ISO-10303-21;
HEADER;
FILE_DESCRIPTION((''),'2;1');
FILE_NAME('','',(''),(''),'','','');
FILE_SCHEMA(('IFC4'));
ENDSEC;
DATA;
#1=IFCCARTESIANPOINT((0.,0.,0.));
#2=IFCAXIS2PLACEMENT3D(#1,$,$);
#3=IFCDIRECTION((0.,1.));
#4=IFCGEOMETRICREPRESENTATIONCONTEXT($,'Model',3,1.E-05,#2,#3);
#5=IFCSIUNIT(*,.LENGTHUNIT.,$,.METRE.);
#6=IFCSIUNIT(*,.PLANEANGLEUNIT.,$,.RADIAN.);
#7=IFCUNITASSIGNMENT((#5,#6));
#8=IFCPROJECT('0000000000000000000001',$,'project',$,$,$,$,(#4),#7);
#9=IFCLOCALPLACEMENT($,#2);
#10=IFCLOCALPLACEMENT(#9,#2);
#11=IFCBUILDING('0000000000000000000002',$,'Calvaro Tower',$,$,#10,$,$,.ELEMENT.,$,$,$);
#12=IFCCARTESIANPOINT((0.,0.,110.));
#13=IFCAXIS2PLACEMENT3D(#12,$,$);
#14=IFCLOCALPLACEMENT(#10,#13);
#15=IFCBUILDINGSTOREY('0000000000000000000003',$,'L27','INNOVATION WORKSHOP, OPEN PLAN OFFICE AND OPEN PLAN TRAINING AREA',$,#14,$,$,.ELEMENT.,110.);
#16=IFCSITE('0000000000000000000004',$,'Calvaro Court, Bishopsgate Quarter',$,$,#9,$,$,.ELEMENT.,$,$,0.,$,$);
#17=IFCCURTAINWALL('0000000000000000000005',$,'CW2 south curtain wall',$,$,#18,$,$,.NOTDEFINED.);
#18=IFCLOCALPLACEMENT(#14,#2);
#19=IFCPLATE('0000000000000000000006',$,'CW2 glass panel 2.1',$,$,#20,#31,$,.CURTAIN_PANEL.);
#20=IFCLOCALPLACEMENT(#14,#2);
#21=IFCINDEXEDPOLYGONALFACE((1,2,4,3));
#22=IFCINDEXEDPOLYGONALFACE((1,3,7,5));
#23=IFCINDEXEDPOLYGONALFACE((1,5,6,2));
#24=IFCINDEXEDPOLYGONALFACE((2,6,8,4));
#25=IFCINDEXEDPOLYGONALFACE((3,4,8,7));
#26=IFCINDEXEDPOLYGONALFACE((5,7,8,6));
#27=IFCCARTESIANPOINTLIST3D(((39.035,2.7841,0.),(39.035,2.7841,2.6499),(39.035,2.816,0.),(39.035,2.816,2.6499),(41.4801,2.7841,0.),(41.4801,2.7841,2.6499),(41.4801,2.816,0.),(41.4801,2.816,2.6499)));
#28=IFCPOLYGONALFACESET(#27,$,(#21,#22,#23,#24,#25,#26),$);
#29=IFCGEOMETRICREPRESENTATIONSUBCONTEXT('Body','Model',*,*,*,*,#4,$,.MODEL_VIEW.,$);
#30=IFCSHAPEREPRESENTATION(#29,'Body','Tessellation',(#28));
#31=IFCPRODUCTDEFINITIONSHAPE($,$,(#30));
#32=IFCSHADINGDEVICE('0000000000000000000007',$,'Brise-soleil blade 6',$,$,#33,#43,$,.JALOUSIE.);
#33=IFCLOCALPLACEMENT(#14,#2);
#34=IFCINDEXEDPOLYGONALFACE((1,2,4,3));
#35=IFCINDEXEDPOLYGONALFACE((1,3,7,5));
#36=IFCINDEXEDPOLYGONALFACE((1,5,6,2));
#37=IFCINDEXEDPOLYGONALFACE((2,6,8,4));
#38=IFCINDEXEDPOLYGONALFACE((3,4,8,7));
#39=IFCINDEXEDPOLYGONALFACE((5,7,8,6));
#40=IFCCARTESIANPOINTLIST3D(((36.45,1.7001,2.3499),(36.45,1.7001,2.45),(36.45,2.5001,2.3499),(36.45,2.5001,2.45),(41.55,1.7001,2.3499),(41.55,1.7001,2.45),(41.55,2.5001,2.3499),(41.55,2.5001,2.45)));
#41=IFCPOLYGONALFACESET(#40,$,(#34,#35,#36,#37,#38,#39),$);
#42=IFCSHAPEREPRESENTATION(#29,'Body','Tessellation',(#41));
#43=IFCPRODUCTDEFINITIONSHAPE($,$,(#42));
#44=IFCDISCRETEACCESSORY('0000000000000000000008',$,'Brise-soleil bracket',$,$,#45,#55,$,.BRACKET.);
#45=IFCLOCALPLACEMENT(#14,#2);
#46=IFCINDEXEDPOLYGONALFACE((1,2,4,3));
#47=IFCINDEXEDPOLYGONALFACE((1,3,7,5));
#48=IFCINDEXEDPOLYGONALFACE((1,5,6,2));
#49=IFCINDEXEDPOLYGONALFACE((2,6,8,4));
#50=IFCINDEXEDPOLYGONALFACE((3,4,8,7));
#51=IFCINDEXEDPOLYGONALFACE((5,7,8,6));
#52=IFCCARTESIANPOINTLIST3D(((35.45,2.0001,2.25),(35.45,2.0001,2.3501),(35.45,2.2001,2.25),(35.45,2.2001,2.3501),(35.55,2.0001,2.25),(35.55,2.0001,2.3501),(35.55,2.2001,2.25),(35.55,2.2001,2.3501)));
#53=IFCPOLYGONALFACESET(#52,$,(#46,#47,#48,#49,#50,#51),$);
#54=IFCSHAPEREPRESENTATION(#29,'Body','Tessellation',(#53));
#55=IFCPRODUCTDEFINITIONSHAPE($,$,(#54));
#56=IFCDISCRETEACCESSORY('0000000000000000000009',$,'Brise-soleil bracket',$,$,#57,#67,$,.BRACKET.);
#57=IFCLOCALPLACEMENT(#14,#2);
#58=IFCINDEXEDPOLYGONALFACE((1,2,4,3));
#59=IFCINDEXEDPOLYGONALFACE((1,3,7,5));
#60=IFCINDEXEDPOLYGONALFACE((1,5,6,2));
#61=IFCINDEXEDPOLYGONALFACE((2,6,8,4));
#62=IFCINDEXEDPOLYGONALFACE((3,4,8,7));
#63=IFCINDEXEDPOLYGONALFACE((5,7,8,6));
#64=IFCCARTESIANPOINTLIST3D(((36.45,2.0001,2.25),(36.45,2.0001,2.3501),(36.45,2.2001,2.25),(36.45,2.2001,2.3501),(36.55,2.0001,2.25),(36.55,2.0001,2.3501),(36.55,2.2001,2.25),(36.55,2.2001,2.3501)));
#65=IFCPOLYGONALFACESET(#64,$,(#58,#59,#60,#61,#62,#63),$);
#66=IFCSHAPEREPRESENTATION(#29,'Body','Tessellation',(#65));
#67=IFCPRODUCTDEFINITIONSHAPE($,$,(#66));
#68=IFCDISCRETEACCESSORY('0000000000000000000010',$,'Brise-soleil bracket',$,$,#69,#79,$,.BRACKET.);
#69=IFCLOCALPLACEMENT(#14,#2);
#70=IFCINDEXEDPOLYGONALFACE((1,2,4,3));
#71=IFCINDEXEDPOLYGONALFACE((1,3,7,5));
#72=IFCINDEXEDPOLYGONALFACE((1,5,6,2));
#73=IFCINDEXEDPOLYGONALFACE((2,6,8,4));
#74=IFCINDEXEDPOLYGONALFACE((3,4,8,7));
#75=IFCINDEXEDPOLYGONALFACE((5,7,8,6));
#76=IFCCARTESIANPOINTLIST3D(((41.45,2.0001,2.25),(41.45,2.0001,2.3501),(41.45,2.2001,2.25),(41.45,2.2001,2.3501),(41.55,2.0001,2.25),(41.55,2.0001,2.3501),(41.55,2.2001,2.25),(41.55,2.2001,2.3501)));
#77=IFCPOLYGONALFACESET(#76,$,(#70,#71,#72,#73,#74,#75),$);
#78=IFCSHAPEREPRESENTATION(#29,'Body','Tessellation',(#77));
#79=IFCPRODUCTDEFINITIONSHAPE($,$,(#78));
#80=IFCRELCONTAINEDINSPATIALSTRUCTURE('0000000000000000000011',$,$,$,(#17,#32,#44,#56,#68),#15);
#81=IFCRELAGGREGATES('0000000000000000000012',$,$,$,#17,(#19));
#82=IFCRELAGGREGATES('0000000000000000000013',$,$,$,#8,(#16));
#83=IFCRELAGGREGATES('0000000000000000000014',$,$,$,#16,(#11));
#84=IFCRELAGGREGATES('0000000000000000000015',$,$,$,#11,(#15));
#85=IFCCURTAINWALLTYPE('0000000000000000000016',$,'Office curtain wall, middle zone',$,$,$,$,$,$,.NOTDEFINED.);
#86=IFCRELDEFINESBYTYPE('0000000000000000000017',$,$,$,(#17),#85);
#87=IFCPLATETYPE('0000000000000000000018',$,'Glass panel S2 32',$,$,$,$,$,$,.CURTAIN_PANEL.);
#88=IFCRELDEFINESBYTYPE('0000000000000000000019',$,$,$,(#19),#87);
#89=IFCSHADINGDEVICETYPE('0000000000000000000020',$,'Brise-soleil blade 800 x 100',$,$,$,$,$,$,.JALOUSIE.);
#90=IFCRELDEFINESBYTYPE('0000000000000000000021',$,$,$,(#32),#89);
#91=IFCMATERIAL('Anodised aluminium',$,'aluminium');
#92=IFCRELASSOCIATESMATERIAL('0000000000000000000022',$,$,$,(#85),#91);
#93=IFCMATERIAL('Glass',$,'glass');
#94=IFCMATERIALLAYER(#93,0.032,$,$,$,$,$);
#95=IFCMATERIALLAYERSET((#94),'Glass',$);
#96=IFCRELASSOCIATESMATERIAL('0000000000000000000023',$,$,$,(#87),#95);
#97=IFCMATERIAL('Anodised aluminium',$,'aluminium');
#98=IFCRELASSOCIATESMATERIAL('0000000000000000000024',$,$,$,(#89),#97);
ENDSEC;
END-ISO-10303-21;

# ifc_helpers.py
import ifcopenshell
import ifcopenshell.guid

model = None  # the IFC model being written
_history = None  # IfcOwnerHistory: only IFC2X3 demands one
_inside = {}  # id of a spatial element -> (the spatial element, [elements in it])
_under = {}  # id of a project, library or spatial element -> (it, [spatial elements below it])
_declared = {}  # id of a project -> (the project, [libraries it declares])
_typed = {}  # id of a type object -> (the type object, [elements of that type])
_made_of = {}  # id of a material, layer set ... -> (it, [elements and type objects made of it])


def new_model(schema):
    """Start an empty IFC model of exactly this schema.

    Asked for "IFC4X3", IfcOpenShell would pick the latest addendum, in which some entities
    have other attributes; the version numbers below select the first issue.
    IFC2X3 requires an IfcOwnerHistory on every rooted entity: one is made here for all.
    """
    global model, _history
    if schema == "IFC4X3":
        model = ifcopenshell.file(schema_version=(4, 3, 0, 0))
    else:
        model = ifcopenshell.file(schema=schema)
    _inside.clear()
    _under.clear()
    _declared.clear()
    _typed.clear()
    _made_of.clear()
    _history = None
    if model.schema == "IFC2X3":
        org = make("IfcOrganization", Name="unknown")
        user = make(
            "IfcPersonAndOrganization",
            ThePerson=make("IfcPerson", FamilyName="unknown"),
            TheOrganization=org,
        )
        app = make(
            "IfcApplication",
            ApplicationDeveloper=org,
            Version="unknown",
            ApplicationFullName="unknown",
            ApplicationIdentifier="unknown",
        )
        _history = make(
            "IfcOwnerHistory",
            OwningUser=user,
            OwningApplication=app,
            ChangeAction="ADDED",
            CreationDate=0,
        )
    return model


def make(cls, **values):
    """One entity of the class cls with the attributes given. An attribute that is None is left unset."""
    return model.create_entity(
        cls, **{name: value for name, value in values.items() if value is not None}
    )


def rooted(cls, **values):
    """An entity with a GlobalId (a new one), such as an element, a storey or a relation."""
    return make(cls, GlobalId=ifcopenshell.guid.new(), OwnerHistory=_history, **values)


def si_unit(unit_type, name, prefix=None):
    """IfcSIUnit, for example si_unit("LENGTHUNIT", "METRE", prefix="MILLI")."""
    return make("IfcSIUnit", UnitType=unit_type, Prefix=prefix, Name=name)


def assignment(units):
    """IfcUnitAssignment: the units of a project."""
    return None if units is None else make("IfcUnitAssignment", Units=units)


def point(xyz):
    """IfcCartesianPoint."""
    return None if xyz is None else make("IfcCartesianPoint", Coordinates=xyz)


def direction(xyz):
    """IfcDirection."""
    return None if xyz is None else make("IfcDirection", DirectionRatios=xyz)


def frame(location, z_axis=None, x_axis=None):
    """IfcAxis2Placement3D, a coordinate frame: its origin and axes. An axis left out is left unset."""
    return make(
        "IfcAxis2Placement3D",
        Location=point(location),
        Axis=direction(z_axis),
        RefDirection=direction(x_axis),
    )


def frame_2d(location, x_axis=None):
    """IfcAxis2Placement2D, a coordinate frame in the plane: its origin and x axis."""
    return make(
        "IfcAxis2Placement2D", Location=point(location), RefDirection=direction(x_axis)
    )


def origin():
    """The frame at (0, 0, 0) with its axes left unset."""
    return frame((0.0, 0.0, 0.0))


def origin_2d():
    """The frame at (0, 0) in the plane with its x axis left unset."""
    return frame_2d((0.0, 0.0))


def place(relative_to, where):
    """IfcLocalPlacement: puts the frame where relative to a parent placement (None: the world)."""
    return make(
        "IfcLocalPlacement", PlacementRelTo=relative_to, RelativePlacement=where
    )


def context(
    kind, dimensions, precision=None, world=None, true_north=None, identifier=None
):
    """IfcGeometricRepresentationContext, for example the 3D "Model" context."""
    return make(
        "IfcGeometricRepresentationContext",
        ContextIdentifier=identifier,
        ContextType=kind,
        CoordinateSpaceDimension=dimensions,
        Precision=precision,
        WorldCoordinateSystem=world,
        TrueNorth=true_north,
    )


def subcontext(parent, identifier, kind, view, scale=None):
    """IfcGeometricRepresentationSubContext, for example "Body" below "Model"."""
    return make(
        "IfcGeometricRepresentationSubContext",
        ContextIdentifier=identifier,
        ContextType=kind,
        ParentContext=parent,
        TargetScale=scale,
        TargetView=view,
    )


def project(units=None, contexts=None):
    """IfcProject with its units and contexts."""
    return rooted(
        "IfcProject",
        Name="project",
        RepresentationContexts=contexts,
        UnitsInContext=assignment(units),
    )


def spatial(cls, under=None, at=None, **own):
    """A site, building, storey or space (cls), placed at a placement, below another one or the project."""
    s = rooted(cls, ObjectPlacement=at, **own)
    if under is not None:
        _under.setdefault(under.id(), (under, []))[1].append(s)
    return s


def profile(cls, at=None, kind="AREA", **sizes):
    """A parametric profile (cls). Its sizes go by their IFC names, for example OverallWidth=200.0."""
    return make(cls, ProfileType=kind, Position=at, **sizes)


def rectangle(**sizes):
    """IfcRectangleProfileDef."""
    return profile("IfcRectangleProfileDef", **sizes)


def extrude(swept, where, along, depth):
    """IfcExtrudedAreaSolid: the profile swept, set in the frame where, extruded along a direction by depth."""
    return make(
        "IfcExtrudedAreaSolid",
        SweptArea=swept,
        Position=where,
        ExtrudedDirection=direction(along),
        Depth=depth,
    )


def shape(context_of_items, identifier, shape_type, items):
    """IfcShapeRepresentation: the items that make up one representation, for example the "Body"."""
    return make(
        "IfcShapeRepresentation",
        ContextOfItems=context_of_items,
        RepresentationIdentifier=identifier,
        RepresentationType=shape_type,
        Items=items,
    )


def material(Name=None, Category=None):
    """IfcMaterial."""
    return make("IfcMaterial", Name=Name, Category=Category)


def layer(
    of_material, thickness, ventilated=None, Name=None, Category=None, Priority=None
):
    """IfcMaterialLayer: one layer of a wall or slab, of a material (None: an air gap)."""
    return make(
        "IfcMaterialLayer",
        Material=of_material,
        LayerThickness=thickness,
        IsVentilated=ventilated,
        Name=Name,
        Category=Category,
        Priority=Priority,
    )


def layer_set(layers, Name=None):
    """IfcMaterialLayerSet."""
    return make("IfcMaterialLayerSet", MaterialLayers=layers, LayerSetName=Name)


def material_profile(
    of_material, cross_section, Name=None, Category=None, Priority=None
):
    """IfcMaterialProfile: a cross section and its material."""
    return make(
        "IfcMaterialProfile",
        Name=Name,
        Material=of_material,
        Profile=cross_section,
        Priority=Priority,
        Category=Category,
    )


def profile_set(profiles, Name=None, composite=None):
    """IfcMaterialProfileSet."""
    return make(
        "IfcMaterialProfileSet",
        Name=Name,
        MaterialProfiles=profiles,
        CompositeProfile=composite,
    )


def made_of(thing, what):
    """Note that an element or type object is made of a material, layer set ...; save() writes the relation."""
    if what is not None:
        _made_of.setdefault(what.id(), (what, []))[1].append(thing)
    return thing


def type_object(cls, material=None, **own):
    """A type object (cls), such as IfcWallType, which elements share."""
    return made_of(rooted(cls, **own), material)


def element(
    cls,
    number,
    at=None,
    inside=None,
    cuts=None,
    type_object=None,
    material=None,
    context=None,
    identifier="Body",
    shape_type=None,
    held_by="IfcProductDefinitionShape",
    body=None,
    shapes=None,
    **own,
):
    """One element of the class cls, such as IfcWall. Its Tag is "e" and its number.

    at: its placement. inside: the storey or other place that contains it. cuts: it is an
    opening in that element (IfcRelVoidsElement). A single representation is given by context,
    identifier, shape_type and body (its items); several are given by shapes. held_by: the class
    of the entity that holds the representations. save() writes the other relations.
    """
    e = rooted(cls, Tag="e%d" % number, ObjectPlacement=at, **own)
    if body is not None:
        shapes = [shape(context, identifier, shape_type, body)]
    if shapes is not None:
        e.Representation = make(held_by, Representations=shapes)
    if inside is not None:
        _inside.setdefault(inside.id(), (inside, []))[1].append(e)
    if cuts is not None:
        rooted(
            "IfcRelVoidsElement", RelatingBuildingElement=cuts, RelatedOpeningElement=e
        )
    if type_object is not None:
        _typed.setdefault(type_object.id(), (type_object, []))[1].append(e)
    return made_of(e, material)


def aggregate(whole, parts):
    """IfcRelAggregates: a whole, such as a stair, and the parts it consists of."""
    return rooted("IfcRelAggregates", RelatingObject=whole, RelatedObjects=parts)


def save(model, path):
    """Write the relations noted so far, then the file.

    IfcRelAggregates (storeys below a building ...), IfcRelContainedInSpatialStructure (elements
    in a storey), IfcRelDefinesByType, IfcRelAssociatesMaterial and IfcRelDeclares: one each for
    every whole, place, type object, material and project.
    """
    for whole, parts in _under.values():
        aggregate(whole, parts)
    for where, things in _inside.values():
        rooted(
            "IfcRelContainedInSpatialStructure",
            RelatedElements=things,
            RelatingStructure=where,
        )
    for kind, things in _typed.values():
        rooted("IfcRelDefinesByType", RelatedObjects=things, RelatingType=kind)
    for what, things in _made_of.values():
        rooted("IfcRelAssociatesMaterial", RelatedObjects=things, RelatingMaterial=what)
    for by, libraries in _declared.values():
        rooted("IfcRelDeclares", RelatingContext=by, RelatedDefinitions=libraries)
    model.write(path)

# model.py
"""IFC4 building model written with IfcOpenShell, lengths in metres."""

from ifc_helpers import new_model, si_unit, direction, frame, origin, origin_2d, place, context, subcontext, project, spatial, rectangle, extrude, material, layer, layer_set, material_profile, profile_set, type_object, element, aggregate, save


model = new_model("IFC4")

# Units and contexts
model_context = context("Model", 3, precision=1e-05, world=origin(), true_north=direction((0.0, 1.0)))
body_context = subcontext(model_context, "Body", "Model", "MODEL_VIEW")
ifc_project = project(units=[si_unit("LENGTHUNIT", "METRE"), si_unit("PLANEANGLEUNIT", "RADIAN")], contexts=[model_context])

# Site, building, storey
site_placement = place(None, origin())
site = spatial("IfcSite", under=ifc_project, at=site_placement, Name="Calvaro Court, Bishopsgate Quarter", CompositionType="ELEMENT", RefElevation=0.0)
building_placement = place(site_placement, origin())
building = spatial("IfcBuilding", under=site, at=building_placement, Name="Calvaro Tower", CompositionType="ELEMENT")
storey_placement = place(building_placement, frame((0.0, 0.0, 110.0)))
storey = spatial("IfcBuildingStorey", under=building, at=storey_placement, Name="L27", Description="INNOVATION WORKSHOP, OPEN PLAN OFFICE AND OPEN PLAN TRAINING AREA", CompositionType="ELEMENT", Elevation=110.0)

# Curtain wall
ifc_material_1 = material(Name="Anodised aluminium", Category="aluminium")
curtain_wall_type = type_object("IfcCurtainWallType", Name="Office curtain wall, middle zone", PredefinedType="NOTDEFINED", material=ifc_material_1)
curtain_wall_1_placement = place(storey_placement, origin())
curtain_wall_1 = element("IfcCurtainWall", 1, at=curtain_wall_1_placement, inside=storey, type_object=curtain_wall_type, Name="CW2 south curtain wall", PredefinedType="NOTDEFINED")

# Plate
ifc_material_2 = material(Name="Glass", Category="glass")
ifc_layer = layer(ifc_material_2, 0.032)
ifc_layer_set = layer_set([ifc_layer], Name="Glass")
plate_type = type_object("IfcPlateType", Name="Glass panel S2 32", PredefinedType="CURTAIN_PANEL", material=ifc_layer_set)
plate_1_placement = place(storey_placement, frame((40.2576, 2.8, 0.0), z_axis=(0.0, 0.0, 1.0), x_axis=(1.0, 0.0, 0.0)))
plate_1 = element("IfcPlate", 2, at=plate_1_placement, type_object=plate_type, Name="CW2 glass panel 2.1", PredefinedType="CURTAIN_PANEL", context=body_context, shape_type="SweptSolid", body=[
    extrude(rectangle(XDim=2.4451, YDim=0.032, at=origin_2d()), origin(), (0.0, 0.0, 1.0), 2.6499),
])
aggregate(curtain_wall_1, [plate_1])

# Shading device
ifc_material_3 = material(Name="Anodised aluminium", Category="aluminium")
ifc_material_profile_1 = material_profile(ifc_material_3, rectangle(XDim=0.8, YDim=0.1001, at=origin_2d()), Name="Brise-soleil blade 800 x 100")
ifc_profile_set_1 = profile_set([ifc_material_profile_1], Name="Anodised aluminium")
shading_device_type = type_object("IfcShadingDeviceType", Name="Brise-soleil blade 800 x 100", PredefinedType="JALOUSIE", material=ifc_profile_set_1)
shading_device_placement = place(storey_placement, frame((36.45, 2.1001, 2.3999), z_axis=(1.0, 0.0, 0.0), x_axis=(0.0, 1.0, 0.0)))
element("IfcShadingDevice", 3, at=shading_device_placement, inside=storey, type_object=shading_device_type, Name="Brise-soleil blade 6", PredefinedType="JALOUSIE", context=body_context, shape_type="SweptSolid", body=[
    extrude(rectangle(XDim=0.8, YDim=0.1001, at=origin_2d()), origin(), (0.0, 0.0, 1.0), 5.1001),
])

# Discrete accessories
for number, where, z_axis, x_axis, name in (
    (4, (35.5, 2.1001, 2.25), (0.0, 0.0, 1.0), (1.0, 0.0, 0.0), "Brise-soleil bracket"),
    (5, (36.5, 2.1001, 2.25), (0.0, 0.0, 1.0), (1.0, 0.0, 0.0), "Brise-soleil bracket"),
    (6, (41.5, 2.1001, 2.25), (0.0, 0.0, 1.0), (1.0, 0.0, 0.0), "Brise-soleil bracket"),
):
    element("IfcDiscreteAccessory", number, at=place(storey_placement, frame(where, z_axis=z_axis, x_axis=x_axis)), inside=storey, Name=name, PredefinedType="BRACKET", context=body_context, shape_type="SweptSolid", body=[
        extrude(rectangle(XDim=0.1001, YDim=0.2, at=origin_2d()), origin(), (0.0, 0.0, 1.0), 0.1001),
    ])

save(model, "model.ifc")
